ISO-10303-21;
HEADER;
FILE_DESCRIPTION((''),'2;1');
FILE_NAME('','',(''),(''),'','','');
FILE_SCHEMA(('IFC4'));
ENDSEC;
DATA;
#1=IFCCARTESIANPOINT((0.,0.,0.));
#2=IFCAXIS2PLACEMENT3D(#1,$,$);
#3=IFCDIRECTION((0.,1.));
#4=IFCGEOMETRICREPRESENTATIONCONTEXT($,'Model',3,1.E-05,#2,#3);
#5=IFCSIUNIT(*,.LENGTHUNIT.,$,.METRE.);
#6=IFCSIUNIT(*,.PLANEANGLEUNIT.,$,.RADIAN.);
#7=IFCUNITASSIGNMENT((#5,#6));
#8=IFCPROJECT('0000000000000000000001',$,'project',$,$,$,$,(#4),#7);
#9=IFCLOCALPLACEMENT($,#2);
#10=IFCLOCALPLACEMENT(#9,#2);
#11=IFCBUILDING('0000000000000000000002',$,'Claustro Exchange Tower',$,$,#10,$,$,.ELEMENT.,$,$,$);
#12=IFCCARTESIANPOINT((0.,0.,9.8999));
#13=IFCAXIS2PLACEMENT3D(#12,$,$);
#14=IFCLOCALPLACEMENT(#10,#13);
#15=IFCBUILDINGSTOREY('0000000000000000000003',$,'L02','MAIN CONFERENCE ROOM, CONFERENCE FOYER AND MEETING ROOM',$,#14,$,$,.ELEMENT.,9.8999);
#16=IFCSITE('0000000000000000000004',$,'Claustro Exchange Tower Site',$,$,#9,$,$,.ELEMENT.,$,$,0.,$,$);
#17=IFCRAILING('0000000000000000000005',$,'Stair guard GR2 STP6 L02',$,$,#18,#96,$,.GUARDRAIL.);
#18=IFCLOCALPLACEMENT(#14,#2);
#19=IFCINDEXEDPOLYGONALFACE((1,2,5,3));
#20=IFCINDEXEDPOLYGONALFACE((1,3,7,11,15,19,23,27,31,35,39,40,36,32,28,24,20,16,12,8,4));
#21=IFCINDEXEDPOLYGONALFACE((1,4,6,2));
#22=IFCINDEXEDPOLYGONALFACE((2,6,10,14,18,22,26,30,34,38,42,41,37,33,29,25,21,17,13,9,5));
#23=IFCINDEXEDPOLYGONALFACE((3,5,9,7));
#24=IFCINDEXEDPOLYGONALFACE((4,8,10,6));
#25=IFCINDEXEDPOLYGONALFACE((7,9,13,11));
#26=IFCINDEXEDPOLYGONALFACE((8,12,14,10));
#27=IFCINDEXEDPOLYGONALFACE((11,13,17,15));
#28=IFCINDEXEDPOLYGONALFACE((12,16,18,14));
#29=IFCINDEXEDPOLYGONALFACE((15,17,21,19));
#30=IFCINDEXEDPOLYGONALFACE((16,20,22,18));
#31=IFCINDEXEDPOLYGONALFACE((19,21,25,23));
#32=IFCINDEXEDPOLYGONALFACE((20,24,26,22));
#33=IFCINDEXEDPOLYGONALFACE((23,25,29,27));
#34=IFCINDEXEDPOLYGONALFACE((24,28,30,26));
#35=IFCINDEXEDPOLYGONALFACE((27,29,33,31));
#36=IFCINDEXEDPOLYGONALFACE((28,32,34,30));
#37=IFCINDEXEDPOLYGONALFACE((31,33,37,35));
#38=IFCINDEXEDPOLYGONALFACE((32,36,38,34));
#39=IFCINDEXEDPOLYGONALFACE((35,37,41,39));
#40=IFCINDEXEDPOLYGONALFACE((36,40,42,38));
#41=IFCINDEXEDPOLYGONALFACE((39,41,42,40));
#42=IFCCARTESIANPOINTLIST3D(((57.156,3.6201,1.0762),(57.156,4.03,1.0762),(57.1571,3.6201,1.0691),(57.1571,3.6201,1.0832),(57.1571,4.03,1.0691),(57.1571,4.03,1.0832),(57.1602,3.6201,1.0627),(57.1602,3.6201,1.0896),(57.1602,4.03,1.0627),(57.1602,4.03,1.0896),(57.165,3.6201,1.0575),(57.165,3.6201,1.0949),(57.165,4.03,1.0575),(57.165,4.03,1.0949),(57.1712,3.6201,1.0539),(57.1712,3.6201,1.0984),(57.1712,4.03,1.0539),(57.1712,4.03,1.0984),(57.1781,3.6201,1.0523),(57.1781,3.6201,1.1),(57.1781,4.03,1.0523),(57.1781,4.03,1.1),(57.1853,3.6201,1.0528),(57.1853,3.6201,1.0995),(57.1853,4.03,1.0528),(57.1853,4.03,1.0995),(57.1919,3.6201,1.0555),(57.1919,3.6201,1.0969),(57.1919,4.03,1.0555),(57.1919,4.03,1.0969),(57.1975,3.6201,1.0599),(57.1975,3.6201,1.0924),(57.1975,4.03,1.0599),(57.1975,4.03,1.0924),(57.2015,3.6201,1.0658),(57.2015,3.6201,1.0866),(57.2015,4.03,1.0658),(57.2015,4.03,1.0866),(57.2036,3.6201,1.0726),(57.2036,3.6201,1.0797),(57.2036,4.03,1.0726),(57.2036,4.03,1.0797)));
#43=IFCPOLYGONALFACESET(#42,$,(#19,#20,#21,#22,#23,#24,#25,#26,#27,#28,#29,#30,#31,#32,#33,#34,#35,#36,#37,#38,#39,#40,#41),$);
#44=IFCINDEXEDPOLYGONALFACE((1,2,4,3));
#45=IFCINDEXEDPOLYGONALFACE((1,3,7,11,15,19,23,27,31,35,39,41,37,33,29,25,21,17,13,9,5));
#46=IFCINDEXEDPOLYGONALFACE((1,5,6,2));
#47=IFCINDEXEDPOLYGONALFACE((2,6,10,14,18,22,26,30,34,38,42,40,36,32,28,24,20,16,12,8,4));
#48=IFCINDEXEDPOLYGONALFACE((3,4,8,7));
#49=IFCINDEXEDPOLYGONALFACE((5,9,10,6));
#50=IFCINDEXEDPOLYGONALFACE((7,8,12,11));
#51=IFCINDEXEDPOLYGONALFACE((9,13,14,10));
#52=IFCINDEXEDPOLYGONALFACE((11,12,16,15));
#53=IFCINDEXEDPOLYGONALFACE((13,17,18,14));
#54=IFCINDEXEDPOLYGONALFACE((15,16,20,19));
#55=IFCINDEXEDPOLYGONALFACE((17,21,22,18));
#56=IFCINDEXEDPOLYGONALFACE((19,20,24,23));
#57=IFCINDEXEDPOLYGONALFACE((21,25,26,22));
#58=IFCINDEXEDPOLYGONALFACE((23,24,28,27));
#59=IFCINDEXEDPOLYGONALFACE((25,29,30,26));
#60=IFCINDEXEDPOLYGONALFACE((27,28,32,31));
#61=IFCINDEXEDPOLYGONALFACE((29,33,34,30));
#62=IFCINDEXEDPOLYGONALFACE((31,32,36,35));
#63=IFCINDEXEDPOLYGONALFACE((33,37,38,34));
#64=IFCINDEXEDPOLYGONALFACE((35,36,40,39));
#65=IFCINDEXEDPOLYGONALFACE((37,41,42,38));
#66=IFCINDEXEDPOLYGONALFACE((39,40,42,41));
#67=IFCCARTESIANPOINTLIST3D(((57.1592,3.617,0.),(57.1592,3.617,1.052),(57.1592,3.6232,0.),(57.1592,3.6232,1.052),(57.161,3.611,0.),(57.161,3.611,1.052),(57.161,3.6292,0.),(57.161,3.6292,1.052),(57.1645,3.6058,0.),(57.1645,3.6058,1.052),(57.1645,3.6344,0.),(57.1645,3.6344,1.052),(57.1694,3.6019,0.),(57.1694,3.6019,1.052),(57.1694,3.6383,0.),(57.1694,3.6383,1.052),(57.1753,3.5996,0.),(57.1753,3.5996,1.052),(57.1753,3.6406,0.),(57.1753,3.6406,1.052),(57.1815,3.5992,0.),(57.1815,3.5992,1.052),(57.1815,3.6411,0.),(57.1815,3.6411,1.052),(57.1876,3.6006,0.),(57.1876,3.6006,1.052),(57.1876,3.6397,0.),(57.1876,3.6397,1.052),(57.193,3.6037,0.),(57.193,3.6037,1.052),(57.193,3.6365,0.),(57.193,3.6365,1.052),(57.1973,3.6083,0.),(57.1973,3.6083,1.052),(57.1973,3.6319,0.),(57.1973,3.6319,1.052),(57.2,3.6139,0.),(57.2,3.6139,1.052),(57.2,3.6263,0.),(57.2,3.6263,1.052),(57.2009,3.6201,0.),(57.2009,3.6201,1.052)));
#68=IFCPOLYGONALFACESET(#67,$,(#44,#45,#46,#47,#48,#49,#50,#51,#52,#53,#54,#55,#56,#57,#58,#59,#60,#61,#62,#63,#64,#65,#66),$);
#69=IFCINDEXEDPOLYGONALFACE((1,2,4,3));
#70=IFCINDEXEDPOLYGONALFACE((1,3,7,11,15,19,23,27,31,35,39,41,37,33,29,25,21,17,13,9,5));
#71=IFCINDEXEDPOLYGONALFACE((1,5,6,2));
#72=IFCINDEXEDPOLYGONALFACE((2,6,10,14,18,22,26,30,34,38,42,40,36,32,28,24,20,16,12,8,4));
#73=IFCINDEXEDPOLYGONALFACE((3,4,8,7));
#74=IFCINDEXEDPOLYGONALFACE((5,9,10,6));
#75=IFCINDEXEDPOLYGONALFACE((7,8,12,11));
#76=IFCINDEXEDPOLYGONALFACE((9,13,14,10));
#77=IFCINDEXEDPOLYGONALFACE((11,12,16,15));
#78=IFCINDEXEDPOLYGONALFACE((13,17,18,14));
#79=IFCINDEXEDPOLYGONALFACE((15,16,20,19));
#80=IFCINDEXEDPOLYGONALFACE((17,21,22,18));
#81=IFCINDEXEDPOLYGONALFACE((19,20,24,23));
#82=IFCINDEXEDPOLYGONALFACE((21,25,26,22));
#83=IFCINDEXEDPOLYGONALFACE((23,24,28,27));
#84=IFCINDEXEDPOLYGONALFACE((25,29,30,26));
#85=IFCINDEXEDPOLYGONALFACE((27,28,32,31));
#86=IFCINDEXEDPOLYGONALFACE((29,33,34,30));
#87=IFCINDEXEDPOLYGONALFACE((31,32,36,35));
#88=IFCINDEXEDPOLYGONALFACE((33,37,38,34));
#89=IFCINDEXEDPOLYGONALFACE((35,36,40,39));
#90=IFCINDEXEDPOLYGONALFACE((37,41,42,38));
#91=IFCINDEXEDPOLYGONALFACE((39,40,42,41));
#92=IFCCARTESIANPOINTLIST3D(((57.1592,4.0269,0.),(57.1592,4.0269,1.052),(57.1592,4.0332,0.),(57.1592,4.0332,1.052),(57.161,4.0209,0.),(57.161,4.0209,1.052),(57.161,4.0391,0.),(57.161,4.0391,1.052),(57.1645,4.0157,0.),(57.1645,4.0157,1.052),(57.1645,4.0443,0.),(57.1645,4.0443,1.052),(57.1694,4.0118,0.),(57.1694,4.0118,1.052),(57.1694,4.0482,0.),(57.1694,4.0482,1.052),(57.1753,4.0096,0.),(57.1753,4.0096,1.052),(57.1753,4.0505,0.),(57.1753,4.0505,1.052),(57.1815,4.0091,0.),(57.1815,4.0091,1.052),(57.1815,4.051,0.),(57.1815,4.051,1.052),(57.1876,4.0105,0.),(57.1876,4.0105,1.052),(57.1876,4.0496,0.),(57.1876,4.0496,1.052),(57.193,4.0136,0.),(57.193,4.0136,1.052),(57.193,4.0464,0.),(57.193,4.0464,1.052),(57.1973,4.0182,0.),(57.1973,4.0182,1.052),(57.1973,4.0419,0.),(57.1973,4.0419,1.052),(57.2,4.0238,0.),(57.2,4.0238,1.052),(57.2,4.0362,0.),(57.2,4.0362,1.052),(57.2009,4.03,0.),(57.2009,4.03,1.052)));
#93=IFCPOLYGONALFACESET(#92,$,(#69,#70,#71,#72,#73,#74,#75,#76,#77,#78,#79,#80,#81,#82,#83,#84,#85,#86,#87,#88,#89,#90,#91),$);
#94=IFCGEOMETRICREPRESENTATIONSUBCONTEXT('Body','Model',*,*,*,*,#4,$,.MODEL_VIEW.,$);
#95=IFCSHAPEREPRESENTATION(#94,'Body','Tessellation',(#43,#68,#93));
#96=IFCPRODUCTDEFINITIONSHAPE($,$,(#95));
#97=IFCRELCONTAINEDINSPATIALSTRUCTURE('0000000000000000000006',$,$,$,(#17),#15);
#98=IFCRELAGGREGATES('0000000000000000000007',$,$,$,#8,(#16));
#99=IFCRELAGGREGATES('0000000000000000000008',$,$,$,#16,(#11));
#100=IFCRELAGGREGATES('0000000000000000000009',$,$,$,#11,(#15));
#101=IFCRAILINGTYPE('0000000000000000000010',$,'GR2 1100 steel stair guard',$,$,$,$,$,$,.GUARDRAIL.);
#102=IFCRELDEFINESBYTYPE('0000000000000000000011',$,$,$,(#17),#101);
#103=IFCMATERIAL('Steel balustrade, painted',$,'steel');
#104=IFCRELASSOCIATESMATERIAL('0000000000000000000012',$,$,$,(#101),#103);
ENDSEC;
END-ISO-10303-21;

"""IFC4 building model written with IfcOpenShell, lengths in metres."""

from ifc_helpers import new_model, si_unit, direction, frame, origin, origin_2d, place, context, subcontext, project, spatial, circle, extrude, material, type_object, element, save


model = new_model("IFC4")

# Units and contexts
model_context = context("Model", 3, precision=1e-05, world=origin(), true_north=direction((0.0, 1.0)))
body_context = subcontext(model_context, "Body", "Model", "MODEL_VIEW")
ifc_project = project(units=[si_unit("LENGTHUNIT", "METRE"), si_unit("PLANEANGLEUNIT", "RADIAN")], contexts=[model_context])

# Site, building, storey
site_placement = place(None, origin())
site = spatial("IfcSite", under=ifc_project, at=site_placement, Name="Claustro Exchange Tower Site", CompositionType="ELEMENT", RefElevation=0.0)
building_placement = place(site_placement, origin())
building = spatial("IfcBuilding", under=site, at=building_placement, Name="Claustro Exchange Tower", CompositionType="ELEMENT")
storey_placement = place(building_placement, frame((0.0, 0.0, 9.8999)))
storey = spatial("IfcBuildingStorey", under=building, at=storey_placement, Name="L02", Description="MAIN CONFERENCE ROOM, CONFERENCE FOYER AND MEETING ROOM", CompositionType="ELEMENT", Elevation=9.8999)

# Railing
ifc_material_1 = material(Name="Steel balustrade, painted", Category="steel")
railing_type_1 = type_object("IfcRailingType", Name="GR2 1100 steel stair guard", PredefinedType="GUARDRAIL", material=ifc_material_1)
railing_1_placement = place(storey_placement, frame((57.1799, 3.6201, 0.0)))
element("IfcRailing", 1, at=railing_1_placement, inside=storey, type_object=railing_type_1, Name="Stair guard GR2 STP6 L02", PredefinedType="GUARDRAIL", context=body_context, shape_type="SweptSolid", body=[
    extrude(circle(Radius=0.0239, at=origin_2d()), frame((0.0, 0.0, 1.0762), z_axis=(0.0, 1.0, 0.0), x_axis=(-1.0, 0.0, 0.0)), (0.0, 0.0, 1.0), 0.4099),
    extrude(circle(Radius=0.021, at=origin_2d()), origin(), (0.0, 0.0, 1.0), 1.052),
    extrude(circle(Radius=0.021, at=origin_2d()), frame((0.0, 0.4099, 0.0)), (0.0, 0.0, 1.0), 1.052),
])

save(model, "model.ifc")
